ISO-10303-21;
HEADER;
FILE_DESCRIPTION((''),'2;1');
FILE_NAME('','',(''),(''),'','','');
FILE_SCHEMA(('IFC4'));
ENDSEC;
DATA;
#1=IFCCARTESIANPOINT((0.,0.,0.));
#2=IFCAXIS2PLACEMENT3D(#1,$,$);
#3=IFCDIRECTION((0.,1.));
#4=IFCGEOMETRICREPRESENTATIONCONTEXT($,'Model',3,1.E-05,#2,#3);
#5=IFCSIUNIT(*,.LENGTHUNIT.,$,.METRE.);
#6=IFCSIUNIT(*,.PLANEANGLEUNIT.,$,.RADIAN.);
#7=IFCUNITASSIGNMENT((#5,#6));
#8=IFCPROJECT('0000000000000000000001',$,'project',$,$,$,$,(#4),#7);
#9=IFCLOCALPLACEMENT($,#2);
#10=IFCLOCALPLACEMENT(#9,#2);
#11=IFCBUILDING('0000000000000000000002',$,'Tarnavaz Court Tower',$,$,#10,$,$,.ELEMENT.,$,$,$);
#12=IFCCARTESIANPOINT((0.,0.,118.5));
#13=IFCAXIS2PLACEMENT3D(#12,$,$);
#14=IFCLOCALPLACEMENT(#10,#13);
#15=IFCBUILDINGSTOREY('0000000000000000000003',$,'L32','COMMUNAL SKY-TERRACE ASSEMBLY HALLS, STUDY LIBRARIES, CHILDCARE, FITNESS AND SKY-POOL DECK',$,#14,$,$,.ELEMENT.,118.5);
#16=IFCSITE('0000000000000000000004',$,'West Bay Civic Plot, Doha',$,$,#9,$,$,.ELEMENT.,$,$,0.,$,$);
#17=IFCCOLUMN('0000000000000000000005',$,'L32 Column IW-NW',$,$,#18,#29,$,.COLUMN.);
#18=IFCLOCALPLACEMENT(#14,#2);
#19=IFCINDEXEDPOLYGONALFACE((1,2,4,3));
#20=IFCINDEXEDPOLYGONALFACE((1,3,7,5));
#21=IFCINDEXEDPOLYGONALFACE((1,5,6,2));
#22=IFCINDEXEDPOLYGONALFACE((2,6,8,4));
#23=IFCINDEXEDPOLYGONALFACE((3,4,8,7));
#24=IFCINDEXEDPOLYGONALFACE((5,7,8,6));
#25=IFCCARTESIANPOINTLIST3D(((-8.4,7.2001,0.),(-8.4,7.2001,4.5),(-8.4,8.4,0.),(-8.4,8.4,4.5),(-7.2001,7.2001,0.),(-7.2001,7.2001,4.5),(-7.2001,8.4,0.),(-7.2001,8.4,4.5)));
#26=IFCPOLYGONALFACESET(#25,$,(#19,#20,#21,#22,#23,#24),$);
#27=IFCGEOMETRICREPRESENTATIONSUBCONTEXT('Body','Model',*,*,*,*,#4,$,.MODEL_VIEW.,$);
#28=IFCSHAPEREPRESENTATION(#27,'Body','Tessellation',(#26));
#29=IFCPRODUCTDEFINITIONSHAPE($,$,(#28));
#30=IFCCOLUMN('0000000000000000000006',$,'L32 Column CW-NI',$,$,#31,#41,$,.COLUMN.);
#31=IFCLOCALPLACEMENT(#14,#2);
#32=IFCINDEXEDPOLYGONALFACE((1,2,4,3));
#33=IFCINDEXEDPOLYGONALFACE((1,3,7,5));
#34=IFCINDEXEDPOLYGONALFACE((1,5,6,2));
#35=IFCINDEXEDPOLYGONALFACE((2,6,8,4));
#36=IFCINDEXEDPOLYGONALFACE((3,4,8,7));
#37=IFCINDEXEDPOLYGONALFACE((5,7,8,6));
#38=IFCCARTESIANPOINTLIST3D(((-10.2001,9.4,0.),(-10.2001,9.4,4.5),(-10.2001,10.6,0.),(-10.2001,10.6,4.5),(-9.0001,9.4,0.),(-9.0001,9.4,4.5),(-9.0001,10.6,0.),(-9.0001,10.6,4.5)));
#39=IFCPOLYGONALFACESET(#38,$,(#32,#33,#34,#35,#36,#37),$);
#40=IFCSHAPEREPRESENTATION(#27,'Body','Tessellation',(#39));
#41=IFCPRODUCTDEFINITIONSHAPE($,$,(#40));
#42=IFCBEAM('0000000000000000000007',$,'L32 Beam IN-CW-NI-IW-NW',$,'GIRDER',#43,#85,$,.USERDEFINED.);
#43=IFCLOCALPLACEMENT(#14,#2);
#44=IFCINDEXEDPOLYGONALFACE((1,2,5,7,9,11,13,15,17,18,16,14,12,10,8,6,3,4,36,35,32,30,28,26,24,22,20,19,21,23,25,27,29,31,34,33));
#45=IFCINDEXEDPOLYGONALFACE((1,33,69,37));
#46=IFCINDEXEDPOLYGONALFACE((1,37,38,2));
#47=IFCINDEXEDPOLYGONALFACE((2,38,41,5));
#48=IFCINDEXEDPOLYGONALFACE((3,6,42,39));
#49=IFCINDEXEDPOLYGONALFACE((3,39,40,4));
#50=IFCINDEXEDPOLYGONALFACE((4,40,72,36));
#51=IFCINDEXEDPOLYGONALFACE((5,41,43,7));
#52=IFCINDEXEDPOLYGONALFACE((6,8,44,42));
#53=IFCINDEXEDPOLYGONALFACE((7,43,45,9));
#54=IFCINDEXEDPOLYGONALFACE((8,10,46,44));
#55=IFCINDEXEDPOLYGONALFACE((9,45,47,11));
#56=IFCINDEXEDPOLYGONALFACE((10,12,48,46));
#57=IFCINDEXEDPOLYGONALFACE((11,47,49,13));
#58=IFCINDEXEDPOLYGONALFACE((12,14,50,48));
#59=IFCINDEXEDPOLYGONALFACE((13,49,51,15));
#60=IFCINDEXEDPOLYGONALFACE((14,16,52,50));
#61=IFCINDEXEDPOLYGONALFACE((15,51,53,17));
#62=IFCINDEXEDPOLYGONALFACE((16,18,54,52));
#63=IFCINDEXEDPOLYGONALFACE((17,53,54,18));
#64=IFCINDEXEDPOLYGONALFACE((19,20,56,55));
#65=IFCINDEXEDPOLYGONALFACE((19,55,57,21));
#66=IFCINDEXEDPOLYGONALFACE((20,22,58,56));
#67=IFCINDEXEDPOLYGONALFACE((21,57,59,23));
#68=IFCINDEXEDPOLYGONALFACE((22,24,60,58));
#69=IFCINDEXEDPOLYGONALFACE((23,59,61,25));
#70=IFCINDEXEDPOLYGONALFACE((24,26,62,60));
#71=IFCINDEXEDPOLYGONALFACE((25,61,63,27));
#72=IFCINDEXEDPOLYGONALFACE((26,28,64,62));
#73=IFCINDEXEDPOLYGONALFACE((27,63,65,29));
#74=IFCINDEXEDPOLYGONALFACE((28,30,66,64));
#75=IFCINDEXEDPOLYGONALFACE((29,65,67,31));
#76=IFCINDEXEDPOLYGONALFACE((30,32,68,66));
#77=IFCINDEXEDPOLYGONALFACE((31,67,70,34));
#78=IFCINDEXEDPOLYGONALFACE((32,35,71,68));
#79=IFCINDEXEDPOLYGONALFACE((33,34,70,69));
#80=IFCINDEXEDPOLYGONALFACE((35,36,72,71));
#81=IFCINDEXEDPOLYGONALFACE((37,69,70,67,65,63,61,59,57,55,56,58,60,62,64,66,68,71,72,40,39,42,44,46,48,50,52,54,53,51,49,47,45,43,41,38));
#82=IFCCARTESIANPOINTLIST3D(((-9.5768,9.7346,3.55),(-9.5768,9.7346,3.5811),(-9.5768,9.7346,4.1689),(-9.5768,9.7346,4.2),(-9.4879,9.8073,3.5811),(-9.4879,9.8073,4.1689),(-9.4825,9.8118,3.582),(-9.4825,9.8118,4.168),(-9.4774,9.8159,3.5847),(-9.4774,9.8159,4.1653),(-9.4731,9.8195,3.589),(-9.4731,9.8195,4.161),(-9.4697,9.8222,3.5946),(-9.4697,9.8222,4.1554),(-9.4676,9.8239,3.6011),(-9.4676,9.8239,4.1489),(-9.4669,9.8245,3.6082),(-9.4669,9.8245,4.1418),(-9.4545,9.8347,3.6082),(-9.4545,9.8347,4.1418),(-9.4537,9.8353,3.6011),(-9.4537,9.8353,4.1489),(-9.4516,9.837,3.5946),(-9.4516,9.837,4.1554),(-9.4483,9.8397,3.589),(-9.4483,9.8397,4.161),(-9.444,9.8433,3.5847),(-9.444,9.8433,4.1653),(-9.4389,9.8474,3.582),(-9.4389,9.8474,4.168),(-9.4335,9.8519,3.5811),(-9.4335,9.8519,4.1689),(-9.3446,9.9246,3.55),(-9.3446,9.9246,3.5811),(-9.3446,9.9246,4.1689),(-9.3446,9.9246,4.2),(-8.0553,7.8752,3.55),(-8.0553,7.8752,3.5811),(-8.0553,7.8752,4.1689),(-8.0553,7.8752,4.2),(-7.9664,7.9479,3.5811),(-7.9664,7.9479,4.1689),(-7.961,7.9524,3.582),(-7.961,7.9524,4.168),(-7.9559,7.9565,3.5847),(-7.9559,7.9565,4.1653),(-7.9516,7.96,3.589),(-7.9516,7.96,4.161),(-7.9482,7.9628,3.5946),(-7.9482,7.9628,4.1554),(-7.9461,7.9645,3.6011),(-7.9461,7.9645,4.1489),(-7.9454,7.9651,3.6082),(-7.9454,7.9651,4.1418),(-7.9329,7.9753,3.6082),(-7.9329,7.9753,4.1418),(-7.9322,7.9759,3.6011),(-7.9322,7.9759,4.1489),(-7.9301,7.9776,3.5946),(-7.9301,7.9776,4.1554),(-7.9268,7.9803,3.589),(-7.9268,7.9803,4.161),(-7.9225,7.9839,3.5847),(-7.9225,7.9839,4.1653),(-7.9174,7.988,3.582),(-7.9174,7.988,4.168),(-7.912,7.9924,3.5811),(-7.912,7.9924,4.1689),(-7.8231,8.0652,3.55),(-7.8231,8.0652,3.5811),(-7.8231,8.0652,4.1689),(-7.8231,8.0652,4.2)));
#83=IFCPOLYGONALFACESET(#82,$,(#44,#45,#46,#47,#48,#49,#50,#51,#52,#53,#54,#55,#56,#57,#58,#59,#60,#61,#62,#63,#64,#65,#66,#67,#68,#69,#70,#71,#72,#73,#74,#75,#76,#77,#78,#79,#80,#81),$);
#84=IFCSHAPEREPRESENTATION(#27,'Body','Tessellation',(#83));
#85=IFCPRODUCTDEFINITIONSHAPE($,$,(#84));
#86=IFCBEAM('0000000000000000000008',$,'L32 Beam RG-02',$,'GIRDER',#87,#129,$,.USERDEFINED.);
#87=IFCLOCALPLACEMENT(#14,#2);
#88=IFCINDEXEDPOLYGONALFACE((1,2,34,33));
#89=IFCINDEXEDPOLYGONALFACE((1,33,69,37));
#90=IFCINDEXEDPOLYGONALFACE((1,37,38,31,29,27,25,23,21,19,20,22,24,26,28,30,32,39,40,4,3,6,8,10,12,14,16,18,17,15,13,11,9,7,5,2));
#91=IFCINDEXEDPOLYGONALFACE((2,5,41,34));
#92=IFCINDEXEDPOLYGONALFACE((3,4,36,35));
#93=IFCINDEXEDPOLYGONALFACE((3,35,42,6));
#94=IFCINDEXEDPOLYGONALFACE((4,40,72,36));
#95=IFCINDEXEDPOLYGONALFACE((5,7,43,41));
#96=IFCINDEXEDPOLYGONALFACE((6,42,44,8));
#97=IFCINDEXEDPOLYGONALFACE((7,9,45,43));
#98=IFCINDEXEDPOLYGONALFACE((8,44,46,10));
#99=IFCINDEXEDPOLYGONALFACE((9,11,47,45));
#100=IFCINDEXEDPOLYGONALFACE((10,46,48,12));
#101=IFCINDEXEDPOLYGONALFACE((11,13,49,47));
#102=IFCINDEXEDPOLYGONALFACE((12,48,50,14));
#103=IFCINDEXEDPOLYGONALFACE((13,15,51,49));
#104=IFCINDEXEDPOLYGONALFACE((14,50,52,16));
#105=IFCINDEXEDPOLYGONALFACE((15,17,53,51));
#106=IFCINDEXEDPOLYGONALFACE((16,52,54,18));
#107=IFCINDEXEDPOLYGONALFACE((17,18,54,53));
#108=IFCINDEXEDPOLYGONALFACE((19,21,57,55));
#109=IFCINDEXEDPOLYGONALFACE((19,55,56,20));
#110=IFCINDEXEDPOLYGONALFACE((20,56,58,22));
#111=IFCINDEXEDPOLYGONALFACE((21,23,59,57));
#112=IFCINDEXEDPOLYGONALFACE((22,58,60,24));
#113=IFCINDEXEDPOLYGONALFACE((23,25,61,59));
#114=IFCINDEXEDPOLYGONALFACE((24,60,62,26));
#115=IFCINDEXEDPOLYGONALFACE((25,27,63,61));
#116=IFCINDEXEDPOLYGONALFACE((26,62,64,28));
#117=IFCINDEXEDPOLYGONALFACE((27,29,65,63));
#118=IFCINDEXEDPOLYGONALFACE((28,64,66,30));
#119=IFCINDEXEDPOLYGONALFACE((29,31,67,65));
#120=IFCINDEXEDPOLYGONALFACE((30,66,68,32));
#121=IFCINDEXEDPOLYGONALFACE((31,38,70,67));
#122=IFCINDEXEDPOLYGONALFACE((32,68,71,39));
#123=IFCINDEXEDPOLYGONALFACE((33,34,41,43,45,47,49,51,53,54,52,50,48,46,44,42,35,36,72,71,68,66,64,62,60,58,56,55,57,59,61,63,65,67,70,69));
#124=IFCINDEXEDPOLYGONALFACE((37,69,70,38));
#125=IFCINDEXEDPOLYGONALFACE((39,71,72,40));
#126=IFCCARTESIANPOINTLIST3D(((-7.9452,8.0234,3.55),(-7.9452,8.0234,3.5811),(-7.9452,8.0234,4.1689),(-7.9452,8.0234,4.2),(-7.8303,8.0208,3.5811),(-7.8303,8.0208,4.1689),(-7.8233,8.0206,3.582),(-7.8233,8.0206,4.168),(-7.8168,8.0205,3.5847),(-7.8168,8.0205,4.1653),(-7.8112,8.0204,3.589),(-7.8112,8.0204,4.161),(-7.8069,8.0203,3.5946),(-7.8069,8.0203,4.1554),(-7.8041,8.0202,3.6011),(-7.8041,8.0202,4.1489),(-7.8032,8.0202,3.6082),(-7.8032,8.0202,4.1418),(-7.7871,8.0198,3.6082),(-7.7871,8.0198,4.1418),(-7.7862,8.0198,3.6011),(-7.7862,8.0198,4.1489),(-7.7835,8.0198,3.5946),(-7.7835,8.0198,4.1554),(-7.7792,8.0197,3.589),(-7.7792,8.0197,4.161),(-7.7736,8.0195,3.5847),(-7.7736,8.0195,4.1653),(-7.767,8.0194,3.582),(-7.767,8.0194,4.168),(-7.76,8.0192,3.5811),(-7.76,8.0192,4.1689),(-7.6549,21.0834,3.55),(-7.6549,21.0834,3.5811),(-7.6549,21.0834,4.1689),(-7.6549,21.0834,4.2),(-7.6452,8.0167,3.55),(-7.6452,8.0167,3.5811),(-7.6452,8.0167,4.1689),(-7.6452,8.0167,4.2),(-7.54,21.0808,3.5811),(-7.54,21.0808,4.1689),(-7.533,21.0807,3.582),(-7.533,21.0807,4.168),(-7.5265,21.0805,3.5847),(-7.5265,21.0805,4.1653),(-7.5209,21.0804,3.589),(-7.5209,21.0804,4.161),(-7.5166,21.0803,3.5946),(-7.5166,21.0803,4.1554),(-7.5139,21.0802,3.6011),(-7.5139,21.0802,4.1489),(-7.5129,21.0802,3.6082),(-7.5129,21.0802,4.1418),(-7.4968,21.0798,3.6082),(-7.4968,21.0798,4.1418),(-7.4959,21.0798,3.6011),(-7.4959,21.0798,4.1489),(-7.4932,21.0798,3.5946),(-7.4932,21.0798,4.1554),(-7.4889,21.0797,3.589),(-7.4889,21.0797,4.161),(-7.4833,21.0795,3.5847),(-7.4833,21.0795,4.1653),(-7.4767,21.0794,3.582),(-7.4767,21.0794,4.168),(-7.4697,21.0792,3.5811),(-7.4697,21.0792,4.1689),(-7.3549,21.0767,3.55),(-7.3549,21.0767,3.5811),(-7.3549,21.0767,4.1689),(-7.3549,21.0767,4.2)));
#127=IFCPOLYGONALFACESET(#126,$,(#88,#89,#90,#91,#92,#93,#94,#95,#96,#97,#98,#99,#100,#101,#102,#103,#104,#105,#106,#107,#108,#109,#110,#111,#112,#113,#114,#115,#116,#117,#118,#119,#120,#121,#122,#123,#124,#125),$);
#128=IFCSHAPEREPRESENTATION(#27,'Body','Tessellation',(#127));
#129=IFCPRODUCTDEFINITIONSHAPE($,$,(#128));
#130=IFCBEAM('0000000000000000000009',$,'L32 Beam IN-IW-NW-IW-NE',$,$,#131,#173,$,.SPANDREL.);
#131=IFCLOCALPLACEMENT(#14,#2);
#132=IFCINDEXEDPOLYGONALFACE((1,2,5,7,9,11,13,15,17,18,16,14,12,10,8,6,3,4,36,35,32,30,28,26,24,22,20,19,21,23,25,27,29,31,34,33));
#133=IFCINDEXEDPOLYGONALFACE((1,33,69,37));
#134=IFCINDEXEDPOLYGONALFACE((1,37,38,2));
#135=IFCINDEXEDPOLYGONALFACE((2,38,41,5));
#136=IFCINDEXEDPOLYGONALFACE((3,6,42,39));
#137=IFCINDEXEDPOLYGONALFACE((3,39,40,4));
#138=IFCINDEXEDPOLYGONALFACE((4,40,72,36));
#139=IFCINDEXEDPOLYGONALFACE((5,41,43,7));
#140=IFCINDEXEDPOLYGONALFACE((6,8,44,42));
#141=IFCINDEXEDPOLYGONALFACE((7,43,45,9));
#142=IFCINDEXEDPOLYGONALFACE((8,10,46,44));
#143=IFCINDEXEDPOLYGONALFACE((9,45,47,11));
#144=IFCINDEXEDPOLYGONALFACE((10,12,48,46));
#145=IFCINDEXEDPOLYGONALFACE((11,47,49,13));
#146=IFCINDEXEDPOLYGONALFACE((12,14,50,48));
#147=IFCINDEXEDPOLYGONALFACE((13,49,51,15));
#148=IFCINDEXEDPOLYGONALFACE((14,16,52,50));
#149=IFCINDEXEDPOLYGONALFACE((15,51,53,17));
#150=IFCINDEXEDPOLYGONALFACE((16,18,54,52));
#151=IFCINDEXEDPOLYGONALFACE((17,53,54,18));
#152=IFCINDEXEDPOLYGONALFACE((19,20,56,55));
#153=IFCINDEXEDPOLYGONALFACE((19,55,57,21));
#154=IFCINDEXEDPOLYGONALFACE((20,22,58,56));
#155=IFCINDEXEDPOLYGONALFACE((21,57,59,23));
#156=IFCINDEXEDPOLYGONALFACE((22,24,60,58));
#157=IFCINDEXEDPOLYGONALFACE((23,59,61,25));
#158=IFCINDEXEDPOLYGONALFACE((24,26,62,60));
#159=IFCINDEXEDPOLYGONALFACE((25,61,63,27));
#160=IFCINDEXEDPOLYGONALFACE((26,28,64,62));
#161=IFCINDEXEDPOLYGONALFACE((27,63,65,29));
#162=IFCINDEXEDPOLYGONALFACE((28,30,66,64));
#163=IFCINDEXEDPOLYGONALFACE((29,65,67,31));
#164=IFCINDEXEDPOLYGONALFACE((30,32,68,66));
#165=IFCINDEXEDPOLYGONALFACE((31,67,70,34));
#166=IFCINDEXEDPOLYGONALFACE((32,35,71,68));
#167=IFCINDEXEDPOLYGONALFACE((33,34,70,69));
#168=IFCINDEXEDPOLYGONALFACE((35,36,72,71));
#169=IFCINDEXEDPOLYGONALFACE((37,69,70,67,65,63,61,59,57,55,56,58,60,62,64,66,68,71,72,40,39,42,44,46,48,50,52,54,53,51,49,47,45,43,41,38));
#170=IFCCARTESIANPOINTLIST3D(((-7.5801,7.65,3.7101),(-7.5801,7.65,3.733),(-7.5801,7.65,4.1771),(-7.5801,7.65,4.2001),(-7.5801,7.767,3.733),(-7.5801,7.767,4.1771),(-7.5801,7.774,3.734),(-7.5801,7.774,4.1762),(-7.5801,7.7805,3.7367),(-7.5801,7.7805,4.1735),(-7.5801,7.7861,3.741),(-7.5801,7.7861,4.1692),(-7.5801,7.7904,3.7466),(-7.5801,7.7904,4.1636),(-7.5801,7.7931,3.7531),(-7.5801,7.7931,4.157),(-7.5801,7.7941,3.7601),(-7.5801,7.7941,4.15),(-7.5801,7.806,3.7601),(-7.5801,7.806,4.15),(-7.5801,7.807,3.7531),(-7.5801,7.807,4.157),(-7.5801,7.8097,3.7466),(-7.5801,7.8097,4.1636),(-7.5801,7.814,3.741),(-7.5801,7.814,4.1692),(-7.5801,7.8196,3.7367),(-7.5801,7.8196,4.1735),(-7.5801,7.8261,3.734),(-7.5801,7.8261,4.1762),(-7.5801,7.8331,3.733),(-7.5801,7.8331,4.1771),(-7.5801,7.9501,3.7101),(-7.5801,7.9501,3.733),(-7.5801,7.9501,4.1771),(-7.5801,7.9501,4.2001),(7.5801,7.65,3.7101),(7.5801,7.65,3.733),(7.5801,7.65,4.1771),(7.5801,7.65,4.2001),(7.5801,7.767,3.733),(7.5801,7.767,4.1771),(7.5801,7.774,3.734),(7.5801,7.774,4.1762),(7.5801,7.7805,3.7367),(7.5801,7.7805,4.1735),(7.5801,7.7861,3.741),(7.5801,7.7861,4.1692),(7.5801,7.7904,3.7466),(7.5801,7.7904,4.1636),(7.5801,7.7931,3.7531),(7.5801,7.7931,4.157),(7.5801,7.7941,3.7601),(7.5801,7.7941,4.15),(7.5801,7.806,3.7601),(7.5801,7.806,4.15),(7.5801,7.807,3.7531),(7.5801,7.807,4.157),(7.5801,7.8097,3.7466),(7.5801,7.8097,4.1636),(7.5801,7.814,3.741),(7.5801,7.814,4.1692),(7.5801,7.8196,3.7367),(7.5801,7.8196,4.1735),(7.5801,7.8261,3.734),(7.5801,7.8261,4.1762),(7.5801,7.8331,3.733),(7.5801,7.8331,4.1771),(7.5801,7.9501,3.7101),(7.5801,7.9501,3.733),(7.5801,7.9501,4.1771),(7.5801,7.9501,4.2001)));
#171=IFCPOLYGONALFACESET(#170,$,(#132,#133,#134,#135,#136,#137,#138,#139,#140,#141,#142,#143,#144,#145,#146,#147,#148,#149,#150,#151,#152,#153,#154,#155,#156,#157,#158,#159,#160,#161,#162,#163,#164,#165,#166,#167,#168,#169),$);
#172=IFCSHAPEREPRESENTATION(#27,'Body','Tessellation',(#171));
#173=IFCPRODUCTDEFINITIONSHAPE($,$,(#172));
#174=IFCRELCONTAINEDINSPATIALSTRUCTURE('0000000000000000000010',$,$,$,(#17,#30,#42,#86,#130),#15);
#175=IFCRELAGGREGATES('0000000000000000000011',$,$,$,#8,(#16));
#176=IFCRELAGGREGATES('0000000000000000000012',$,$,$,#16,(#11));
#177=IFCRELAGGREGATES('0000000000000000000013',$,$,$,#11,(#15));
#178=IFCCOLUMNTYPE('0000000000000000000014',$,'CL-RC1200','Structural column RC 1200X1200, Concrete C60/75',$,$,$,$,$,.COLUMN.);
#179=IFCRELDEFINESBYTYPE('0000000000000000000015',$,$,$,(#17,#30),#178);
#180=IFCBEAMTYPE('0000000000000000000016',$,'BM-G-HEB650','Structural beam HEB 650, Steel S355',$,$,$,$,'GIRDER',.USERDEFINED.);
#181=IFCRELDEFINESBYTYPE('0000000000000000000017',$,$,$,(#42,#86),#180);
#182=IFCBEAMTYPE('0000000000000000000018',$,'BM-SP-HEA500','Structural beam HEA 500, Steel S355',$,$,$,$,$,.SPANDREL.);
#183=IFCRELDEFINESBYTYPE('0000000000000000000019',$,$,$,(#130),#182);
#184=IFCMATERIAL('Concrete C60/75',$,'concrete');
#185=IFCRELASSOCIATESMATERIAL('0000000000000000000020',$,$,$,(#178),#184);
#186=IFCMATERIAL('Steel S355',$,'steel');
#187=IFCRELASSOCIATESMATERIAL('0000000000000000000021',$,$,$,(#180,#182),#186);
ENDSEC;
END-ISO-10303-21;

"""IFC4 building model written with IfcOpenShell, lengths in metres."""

from ifc_helpers import new_model, si_unit, direction, frame, origin, origin_2d, place, context, subcontext, project, spatial, rectangle, i_section, extrude, material, material_profile, profile_set, type_object, element, save


model = new_model("IFC4")

# Units and contexts
model_context = context("Model", 3, precision=1e-05, world=origin(), true_north=direction((0.0, 1.0)))
body_context = subcontext(model_context, "Body", "Model", "MODEL_VIEW")
ifc_project = project(units=[si_unit("LENGTHUNIT", "METRE"), si_unit("PLANEANGLEUNIT", "RADIAN")], contexts=[model_context])

# Site, building, storey
site_placement = place(None, origin())
site = spatial("IfcSite", under=ifc_project, at=site_placement, Name="West Bay Civic Plot, Doha", CompositionType="ELEMENT", RefElevation=0.0)
building_placement = place(site_placement, origin())
building = spatial("IfcBuilding", under=site, at=building_placement, Name="Tarnavaz Court Tower", CompositionType="ELEMENT")
storey_placement = place(building_placement, frame((0.0, 0.0, 118.5)))
storey = spatial("IfcBuildingStorey", under=building, at=storey_placement, Name="L32", Description="COMMUNAL SKY-TERRACE ASSEMBLY HALLS, STUDY LIBRARIES, CHILDCARE, FITNESS AND SKY-POOL DECK", CompositionType="ELEMENT", Elevation=118.5)

# Columns
ifc_material_1 = material(Name="Concrete C60/75", Category="concrete")
ifc_material_profile_1 = material_profile(ifc_material_1, rectangle(XDim=1.2, YDim=1.2, at=origin_2d()), Name="RC 1200X1200")
ifc_profile_set_1 = profile_set([ifc_material_profile_1], Name="Concrete C60/75")
column_type = type_object("IfcColumnType", Name="CL-RC1200", Description="Structural column RC 1200X1200, Concrete C60/75", PredefinedType="COLUMN", material=ifc_profile_set_1)
for number, where, z_axis, x_axis, name in (
    (1, (-7.8, 7.8, 0.0), (0.0, 0.0, 1.0), (1.0, 0.0, 0.0), "L32 Column IW-NW"),
    (2, (-9.6001, 10.0, 0.0), (0.0, 0.0, 1.0), (1.0, 0.0, 0.0), "L32 Column CW-NI"),
):
    element("IfcColumn", number, at=place(storey_placement, frame(where, z_axis=z_axis, x_axis=x_axis)), inside=storey, type_object=column_type, Name=name, PredefinedType="COLUMN", context=body_context, shape_type="SweptSolid", body=[
        extrude(rectangle(XDim=1.2, YDim=1.2, at=origin_2d()), origin(), (0.0, 0.0, 1.0), 4.5),
    ])

# Beams
ifc_material_2 = material(Name="Steel S355", Category="steel")
ifc_material_profile_2 = material_profile(ifc_material_2, i_section(OverallWidth=0.3, OverallDepth=0.6499, WebThickness=0.0161, FlangeThickness=0.031, FilletRadius=0.0271, at=origin_2d()), Name="HEB 650")
ifc_profile_set_2 = profile_set([ifc_material_profile_2], Name="Steel S355")
beam_type_1 = type_object("IfcBeamType", Name="BM-G-HEB650", Description="Structural beam HEB 650, Steel S355", ElementType="GIRDER", PredefinedType="USERDEFINED", material=ifc_profile_set_2)
beam_1_placement = place(storey_placement, frame((-9.4607, 9.8296, 3.875), z_axis=(0.633282, -0.773921, 0.0), x_axis=(0.773921, 0.633282, 0.0)))
element("IfcBeam", 3, at=beam_1_placement, inside=storey, type_object=beam_type_1, Name="L32 Beam IN-CW-NI-IW-NW", ObjectType="GIRDER", PredefinedType="USERDEFINED", context=body_context, shape_type="SweptSolid", body=[
    extrude(i_section(OverallWidth=0.3, OverallDepth=0.6499, WebThickness=0.0161, FlangeThickness=0.031, FilletRadius=0.0271, at=origin_2d()), origin(), (0.0, 0.0, 1.0), 2.4026),
])
beam_2_placement = place(storey_placement, frame((-7.7952, 8.02, 3.875), z_axis=(0.022221, 0.999753, 0.0), x_axis=(-0.999753, 0.022221, 0.0)))
element("IfcBeam", 4, at=beam_2_placement, inside=storey, type_object=beam_type_1, Name="L32 Beam RG-02", ObjectType="GIRDER", PredefinedType="USERDEFINED", context=body_context, shape_type="SweptSolid", body=[
    extrude(i_section(OverallWidth=0.3, OverallDepth=0.6499, WebThickness=0.0161, FlangeThickness=0.031, FilletRadius=0.0271, at=origin_2d()), origin(), (0.0, 0.0, 1.0), 13.0632),
])
ifc_material_profile_3 = material_profile(ifc_material_2, i_section(OverallWidth=0.3, OverallDepth=0.49, WebThickness=0.012, FlangeThickness=0.0229, FilletRadius=0.0271, at=origin_2d()), Name="HEA 500")
ifc_profile_set_3 = profile_set([ifc_material_profile_3], Name="Steel S355")
beam_type_2 = type_object("IfcBeamType", Name="BM-SP-HEA500", Description="Structural beam HEA 500, Steel S355", PredefinedType="SPANDREL", material=ifc_profile_set_3)
beam_3_placement = place(storey_placement, frame((-7.5801, 7.8, 3.9551), z_axis=(1.0, 0.0, 0.0), x_axis=(0.0, 1.0, 0.0)))
element("IfcBeam", 5, at=beam_3_placement, inside=storey, type_object=beam_type_2, Name="L32 Beam IN-IW-NW-IW-NE", PredefinedType="SPANDREL", context=body_context, shape_type="SweptSolid", body=[
    extrude(i_section(OverallWidth=0.3, OverallDepth=0.49, WebThickness=0.012, FlangeThickness=0.0229, FilletRadius=0.0271, at=origin_2d()), origin(), (0.0, 0.0, 1.0), 15.1602),
])

save(model, "model.ifc")
